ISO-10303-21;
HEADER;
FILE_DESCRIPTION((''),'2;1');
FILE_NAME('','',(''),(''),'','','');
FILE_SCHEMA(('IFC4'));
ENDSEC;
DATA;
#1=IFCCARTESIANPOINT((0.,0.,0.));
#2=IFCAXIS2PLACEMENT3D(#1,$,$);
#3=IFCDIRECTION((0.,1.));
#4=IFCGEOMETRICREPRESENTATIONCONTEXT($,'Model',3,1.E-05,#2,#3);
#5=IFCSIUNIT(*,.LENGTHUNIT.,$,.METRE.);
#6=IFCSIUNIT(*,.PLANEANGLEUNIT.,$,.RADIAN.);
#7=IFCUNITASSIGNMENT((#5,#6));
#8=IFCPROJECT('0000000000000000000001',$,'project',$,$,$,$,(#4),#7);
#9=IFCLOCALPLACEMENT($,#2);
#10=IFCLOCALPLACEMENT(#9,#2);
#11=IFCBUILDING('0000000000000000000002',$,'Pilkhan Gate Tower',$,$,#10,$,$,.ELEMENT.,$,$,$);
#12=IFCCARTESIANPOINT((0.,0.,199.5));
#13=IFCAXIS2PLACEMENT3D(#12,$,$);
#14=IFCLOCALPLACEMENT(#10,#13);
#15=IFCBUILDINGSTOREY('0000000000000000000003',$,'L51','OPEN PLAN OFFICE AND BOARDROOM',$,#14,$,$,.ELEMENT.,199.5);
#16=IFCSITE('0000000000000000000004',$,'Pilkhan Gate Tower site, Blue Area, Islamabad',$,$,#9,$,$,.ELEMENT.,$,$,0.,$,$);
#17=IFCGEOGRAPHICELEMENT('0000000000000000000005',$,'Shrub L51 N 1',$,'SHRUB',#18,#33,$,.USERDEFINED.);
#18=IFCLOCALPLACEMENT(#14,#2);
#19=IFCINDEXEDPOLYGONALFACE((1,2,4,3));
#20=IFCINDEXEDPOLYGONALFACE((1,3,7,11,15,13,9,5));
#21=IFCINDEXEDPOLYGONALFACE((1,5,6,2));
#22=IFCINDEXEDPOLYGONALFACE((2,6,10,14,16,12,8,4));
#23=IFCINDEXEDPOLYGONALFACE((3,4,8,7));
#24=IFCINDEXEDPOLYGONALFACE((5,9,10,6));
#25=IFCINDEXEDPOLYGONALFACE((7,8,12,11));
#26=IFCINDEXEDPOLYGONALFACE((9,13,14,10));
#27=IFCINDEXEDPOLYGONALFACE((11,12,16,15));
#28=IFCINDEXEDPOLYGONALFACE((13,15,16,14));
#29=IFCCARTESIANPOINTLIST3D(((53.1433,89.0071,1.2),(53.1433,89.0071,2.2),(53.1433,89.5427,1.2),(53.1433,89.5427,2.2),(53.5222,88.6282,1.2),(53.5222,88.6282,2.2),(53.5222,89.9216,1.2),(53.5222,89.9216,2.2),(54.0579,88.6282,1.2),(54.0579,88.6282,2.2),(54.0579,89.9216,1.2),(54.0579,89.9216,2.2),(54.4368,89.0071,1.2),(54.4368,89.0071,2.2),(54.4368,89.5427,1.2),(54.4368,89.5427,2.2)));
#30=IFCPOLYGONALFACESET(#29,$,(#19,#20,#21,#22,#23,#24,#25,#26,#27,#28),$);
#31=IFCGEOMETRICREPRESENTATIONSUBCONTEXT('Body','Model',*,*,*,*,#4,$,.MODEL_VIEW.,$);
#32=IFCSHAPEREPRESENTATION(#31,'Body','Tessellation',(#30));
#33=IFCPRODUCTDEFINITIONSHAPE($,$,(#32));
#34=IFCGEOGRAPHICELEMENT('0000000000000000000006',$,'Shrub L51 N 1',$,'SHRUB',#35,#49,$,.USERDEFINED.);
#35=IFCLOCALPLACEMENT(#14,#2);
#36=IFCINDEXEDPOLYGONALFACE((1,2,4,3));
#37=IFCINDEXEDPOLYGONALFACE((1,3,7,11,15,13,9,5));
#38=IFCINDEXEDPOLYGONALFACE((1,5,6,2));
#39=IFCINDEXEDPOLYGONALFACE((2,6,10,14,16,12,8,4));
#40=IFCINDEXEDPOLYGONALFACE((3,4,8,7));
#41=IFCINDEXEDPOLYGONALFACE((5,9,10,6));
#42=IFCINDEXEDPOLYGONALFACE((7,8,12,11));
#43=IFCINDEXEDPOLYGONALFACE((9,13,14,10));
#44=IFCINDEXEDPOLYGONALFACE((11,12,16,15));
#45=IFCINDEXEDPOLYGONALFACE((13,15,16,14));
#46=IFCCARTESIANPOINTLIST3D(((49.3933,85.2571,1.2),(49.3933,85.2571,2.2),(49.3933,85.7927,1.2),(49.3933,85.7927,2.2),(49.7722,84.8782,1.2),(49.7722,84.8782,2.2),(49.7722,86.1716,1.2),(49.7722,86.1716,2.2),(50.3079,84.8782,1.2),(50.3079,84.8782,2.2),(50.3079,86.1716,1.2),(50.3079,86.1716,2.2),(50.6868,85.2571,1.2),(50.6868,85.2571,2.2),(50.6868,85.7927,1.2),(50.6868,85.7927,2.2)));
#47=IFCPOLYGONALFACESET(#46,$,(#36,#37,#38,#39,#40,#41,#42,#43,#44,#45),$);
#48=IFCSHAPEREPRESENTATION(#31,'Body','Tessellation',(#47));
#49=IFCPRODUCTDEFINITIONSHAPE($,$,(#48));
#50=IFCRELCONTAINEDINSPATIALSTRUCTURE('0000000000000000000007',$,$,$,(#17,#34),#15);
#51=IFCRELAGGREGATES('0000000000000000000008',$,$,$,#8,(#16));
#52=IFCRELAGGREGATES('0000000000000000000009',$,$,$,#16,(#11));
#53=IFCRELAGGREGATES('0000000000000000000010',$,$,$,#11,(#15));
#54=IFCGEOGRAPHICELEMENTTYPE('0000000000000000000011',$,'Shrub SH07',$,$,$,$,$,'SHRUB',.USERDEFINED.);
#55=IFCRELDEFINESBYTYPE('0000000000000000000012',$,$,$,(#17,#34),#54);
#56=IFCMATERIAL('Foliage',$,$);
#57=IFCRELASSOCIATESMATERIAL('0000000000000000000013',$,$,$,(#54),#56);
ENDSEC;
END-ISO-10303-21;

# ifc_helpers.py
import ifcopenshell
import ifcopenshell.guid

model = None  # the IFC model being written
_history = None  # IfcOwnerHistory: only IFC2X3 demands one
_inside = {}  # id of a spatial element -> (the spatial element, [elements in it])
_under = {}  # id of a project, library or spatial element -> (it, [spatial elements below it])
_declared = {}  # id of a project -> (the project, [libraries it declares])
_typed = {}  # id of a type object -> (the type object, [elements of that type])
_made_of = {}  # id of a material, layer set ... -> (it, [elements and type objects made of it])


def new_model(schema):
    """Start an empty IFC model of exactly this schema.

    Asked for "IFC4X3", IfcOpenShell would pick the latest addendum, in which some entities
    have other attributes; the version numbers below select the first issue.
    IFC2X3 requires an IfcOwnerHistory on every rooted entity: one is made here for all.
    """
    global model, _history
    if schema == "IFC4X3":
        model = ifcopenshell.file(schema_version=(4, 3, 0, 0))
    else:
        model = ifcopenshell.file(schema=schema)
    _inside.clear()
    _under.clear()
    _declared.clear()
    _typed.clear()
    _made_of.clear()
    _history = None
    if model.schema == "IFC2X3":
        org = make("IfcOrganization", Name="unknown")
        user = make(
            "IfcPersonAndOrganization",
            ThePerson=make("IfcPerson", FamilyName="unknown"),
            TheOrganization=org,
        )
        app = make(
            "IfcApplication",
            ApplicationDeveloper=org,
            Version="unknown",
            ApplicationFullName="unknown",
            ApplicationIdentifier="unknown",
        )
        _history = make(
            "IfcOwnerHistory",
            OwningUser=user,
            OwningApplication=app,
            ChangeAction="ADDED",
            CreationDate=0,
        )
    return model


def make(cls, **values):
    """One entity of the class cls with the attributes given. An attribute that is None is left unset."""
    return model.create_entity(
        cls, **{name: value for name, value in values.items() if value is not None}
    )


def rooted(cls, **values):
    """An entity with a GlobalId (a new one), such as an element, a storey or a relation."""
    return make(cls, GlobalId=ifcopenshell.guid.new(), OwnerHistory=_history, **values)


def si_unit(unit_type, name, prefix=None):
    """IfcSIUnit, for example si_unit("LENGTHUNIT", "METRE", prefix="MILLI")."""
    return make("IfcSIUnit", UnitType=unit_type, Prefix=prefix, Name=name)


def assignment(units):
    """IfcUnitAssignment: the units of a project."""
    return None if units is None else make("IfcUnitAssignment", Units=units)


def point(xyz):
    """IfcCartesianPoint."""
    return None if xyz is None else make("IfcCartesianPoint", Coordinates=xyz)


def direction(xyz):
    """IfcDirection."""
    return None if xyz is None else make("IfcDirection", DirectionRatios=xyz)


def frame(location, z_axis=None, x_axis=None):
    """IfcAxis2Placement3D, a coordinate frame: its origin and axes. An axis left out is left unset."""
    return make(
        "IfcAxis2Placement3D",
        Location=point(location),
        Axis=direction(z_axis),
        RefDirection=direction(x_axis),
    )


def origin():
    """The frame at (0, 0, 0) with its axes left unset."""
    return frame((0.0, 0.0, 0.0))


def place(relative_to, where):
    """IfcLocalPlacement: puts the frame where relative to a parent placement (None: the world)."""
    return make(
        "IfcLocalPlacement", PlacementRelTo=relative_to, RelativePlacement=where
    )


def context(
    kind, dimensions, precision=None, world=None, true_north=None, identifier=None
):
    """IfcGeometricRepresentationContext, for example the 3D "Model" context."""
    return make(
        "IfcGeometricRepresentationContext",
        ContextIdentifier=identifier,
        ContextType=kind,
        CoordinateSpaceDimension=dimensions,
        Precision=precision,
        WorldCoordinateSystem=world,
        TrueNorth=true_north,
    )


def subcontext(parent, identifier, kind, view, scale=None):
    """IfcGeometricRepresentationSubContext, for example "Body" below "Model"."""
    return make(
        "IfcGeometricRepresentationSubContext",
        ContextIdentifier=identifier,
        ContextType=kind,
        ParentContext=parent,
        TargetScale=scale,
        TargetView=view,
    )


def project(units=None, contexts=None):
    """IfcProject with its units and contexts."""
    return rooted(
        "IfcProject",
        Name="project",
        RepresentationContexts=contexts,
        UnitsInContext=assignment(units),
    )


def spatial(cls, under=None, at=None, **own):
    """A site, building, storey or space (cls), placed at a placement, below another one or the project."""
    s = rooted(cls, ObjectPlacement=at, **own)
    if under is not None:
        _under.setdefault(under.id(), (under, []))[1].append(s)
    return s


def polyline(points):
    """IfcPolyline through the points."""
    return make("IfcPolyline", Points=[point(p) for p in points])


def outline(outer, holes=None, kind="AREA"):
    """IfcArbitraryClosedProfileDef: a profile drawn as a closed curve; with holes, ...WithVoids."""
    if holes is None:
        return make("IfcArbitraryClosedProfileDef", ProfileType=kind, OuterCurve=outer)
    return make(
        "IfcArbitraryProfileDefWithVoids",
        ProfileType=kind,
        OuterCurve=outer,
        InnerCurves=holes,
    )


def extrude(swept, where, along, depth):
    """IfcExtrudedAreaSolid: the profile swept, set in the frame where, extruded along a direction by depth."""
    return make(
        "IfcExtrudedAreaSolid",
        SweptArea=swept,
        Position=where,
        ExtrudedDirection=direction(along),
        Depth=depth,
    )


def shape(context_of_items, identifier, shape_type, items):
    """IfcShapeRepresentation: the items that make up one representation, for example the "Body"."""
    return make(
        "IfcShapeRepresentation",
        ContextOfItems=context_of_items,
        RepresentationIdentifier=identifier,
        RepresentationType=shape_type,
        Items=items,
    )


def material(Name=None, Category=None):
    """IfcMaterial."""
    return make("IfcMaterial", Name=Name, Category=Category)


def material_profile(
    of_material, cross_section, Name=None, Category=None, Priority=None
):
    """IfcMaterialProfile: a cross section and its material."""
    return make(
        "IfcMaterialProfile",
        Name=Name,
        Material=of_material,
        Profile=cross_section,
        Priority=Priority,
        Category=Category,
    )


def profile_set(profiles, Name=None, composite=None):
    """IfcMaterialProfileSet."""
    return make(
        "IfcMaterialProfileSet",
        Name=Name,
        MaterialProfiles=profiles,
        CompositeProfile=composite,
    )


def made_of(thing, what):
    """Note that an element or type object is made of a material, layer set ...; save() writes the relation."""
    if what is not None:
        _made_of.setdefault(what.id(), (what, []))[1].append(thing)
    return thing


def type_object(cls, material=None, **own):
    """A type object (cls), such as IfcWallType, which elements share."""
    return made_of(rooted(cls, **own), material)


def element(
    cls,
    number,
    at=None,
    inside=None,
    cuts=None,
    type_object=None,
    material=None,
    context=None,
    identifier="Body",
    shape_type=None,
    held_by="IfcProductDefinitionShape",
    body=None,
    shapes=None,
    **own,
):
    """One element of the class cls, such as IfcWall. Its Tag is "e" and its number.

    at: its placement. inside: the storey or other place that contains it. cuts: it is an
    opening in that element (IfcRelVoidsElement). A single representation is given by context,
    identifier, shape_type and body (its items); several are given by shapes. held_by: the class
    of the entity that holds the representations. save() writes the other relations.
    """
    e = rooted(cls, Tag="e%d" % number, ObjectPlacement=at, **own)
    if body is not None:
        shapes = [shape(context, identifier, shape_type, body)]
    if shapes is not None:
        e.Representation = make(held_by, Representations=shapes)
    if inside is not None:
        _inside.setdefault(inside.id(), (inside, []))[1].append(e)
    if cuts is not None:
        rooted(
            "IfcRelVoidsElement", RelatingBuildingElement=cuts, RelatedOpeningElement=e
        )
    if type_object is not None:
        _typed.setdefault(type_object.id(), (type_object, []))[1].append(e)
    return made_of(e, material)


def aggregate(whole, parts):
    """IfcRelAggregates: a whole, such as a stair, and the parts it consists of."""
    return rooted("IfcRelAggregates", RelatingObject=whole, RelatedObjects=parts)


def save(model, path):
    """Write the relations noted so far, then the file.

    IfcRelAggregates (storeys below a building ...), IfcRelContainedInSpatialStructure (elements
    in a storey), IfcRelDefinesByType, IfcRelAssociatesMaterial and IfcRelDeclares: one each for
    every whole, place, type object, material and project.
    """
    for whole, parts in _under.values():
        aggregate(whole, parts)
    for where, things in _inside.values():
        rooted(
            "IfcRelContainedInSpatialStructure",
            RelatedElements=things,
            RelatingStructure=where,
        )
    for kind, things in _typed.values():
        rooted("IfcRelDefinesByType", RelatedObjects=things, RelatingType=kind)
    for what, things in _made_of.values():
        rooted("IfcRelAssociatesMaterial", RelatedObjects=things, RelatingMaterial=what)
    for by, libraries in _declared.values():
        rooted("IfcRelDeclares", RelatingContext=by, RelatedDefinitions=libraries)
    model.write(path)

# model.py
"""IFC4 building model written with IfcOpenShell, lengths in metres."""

from ifc_helpers import new_model, si_unit, direction, frame, origin, place, context, subcontext, project, spatial, polyline, outline, extrude, material, material_profile, profile_set, type_object, element, save


model = new_model("IFC4")

# Units and contexts
model_context = context("Model", 3, precision=1e-05, world=origin(), true_north=direction((0.0, 1.0)))
body_context = subcontext(model_context, "Body", "Model", "MODEL_VIEW")
ifc_project = project(units=[si_unit("LENGTHUNIT", "METRE"), si_unit("PLANEANGLEUNIT", "RADIAN")], contexts=[model_context])

# Site, building, storey
site_placement = place(None, origin())
site = spatial("IfcSite", under=ifc_project, at=site_placement, Name="Pilkhan Gate Tower site, Blue Area, Islamabad", CompositionType="ELEMENT", RefElevation=0.0)
building_placement = place(site_placement, origin())
building = spatial("IfcBuilding", under=site, at=building_placement, Name="Pilkhan Gate Tower", CompositionType="ELEMENT")
storey_placement = place(building_placement, frame((0.0, 0.0, 199.5)))
storey = spatial("IfcBuildingStorey", under=building, at=storey_placement, Name="L51", Description="OPEN PLAN OFFICE AND BOARDROOM", CompositionType="ELEMENT", Elevation=199.5)

# Geographic elements
ifc_material_1 = material(Name="Foliage")
ifc_material_profile_1 = material_profile(ifc_material_1, outline(polyline([(0.6467, 0.2678), (0.2678, 0.6467), (-0.2678, 0.6467), (-0.6467, 0.2678), (-0.6467, -0.2678), (-0.2678, -0.6467), (0.2678, -0.6467), (0.6467, -0.2678), (0.6467, 0.2678)])), Name="Shrub D1.4")
ifc_profile_set_1 = profile_set([ifc_material_profile_1], Name="Foliage")
geographic_element_type_1 = type_object("IfcGeographicElementType", Name="Shrub SH07", ElementType="SHRUB", PredefinedType="USERDEFINED", material=ifc_profile_set_1)
for number, where, z_axis, x_axis, name in (
    (1, (53.79, 89.2749, 1.2), (0.0, 0.0, 1.0), (1.0, 0.0, 0.0), "Shrub L51 N 1"),
    (2, (50.04, 85.5249, 1.2), (0.0, 0.0, 1.0), (1.0, 0.0, 0.0), "Shrub L51 N 1"),
):
    element("IfcGeographicElement", number, at=place(storey_placement, frame(where, z_axis=z_axis, x_axis=x_axis)), inside=storey, type_object=geographic_element_type_1, Name=name, ObjectType="SHRUB", PredefinedType="USERDEFINED", context=body_context, shape_type="SweptSolid", body=[
        extrude(outline(polyline([(0.6467, 0.2678), (0.2678, 0.6467), (-0.2678, 0.6467), (-0.6467, 0.2678), (-0.6467, -0.2678), (-0.2678, -0.6467), (0.2678, -0.6467), (0.6467, -0.2678), (0.6467, 0.2678)])), origin(), (0.0, 0.0, 1.0), 1.0),
    ])

save(model, "model.ifc")
